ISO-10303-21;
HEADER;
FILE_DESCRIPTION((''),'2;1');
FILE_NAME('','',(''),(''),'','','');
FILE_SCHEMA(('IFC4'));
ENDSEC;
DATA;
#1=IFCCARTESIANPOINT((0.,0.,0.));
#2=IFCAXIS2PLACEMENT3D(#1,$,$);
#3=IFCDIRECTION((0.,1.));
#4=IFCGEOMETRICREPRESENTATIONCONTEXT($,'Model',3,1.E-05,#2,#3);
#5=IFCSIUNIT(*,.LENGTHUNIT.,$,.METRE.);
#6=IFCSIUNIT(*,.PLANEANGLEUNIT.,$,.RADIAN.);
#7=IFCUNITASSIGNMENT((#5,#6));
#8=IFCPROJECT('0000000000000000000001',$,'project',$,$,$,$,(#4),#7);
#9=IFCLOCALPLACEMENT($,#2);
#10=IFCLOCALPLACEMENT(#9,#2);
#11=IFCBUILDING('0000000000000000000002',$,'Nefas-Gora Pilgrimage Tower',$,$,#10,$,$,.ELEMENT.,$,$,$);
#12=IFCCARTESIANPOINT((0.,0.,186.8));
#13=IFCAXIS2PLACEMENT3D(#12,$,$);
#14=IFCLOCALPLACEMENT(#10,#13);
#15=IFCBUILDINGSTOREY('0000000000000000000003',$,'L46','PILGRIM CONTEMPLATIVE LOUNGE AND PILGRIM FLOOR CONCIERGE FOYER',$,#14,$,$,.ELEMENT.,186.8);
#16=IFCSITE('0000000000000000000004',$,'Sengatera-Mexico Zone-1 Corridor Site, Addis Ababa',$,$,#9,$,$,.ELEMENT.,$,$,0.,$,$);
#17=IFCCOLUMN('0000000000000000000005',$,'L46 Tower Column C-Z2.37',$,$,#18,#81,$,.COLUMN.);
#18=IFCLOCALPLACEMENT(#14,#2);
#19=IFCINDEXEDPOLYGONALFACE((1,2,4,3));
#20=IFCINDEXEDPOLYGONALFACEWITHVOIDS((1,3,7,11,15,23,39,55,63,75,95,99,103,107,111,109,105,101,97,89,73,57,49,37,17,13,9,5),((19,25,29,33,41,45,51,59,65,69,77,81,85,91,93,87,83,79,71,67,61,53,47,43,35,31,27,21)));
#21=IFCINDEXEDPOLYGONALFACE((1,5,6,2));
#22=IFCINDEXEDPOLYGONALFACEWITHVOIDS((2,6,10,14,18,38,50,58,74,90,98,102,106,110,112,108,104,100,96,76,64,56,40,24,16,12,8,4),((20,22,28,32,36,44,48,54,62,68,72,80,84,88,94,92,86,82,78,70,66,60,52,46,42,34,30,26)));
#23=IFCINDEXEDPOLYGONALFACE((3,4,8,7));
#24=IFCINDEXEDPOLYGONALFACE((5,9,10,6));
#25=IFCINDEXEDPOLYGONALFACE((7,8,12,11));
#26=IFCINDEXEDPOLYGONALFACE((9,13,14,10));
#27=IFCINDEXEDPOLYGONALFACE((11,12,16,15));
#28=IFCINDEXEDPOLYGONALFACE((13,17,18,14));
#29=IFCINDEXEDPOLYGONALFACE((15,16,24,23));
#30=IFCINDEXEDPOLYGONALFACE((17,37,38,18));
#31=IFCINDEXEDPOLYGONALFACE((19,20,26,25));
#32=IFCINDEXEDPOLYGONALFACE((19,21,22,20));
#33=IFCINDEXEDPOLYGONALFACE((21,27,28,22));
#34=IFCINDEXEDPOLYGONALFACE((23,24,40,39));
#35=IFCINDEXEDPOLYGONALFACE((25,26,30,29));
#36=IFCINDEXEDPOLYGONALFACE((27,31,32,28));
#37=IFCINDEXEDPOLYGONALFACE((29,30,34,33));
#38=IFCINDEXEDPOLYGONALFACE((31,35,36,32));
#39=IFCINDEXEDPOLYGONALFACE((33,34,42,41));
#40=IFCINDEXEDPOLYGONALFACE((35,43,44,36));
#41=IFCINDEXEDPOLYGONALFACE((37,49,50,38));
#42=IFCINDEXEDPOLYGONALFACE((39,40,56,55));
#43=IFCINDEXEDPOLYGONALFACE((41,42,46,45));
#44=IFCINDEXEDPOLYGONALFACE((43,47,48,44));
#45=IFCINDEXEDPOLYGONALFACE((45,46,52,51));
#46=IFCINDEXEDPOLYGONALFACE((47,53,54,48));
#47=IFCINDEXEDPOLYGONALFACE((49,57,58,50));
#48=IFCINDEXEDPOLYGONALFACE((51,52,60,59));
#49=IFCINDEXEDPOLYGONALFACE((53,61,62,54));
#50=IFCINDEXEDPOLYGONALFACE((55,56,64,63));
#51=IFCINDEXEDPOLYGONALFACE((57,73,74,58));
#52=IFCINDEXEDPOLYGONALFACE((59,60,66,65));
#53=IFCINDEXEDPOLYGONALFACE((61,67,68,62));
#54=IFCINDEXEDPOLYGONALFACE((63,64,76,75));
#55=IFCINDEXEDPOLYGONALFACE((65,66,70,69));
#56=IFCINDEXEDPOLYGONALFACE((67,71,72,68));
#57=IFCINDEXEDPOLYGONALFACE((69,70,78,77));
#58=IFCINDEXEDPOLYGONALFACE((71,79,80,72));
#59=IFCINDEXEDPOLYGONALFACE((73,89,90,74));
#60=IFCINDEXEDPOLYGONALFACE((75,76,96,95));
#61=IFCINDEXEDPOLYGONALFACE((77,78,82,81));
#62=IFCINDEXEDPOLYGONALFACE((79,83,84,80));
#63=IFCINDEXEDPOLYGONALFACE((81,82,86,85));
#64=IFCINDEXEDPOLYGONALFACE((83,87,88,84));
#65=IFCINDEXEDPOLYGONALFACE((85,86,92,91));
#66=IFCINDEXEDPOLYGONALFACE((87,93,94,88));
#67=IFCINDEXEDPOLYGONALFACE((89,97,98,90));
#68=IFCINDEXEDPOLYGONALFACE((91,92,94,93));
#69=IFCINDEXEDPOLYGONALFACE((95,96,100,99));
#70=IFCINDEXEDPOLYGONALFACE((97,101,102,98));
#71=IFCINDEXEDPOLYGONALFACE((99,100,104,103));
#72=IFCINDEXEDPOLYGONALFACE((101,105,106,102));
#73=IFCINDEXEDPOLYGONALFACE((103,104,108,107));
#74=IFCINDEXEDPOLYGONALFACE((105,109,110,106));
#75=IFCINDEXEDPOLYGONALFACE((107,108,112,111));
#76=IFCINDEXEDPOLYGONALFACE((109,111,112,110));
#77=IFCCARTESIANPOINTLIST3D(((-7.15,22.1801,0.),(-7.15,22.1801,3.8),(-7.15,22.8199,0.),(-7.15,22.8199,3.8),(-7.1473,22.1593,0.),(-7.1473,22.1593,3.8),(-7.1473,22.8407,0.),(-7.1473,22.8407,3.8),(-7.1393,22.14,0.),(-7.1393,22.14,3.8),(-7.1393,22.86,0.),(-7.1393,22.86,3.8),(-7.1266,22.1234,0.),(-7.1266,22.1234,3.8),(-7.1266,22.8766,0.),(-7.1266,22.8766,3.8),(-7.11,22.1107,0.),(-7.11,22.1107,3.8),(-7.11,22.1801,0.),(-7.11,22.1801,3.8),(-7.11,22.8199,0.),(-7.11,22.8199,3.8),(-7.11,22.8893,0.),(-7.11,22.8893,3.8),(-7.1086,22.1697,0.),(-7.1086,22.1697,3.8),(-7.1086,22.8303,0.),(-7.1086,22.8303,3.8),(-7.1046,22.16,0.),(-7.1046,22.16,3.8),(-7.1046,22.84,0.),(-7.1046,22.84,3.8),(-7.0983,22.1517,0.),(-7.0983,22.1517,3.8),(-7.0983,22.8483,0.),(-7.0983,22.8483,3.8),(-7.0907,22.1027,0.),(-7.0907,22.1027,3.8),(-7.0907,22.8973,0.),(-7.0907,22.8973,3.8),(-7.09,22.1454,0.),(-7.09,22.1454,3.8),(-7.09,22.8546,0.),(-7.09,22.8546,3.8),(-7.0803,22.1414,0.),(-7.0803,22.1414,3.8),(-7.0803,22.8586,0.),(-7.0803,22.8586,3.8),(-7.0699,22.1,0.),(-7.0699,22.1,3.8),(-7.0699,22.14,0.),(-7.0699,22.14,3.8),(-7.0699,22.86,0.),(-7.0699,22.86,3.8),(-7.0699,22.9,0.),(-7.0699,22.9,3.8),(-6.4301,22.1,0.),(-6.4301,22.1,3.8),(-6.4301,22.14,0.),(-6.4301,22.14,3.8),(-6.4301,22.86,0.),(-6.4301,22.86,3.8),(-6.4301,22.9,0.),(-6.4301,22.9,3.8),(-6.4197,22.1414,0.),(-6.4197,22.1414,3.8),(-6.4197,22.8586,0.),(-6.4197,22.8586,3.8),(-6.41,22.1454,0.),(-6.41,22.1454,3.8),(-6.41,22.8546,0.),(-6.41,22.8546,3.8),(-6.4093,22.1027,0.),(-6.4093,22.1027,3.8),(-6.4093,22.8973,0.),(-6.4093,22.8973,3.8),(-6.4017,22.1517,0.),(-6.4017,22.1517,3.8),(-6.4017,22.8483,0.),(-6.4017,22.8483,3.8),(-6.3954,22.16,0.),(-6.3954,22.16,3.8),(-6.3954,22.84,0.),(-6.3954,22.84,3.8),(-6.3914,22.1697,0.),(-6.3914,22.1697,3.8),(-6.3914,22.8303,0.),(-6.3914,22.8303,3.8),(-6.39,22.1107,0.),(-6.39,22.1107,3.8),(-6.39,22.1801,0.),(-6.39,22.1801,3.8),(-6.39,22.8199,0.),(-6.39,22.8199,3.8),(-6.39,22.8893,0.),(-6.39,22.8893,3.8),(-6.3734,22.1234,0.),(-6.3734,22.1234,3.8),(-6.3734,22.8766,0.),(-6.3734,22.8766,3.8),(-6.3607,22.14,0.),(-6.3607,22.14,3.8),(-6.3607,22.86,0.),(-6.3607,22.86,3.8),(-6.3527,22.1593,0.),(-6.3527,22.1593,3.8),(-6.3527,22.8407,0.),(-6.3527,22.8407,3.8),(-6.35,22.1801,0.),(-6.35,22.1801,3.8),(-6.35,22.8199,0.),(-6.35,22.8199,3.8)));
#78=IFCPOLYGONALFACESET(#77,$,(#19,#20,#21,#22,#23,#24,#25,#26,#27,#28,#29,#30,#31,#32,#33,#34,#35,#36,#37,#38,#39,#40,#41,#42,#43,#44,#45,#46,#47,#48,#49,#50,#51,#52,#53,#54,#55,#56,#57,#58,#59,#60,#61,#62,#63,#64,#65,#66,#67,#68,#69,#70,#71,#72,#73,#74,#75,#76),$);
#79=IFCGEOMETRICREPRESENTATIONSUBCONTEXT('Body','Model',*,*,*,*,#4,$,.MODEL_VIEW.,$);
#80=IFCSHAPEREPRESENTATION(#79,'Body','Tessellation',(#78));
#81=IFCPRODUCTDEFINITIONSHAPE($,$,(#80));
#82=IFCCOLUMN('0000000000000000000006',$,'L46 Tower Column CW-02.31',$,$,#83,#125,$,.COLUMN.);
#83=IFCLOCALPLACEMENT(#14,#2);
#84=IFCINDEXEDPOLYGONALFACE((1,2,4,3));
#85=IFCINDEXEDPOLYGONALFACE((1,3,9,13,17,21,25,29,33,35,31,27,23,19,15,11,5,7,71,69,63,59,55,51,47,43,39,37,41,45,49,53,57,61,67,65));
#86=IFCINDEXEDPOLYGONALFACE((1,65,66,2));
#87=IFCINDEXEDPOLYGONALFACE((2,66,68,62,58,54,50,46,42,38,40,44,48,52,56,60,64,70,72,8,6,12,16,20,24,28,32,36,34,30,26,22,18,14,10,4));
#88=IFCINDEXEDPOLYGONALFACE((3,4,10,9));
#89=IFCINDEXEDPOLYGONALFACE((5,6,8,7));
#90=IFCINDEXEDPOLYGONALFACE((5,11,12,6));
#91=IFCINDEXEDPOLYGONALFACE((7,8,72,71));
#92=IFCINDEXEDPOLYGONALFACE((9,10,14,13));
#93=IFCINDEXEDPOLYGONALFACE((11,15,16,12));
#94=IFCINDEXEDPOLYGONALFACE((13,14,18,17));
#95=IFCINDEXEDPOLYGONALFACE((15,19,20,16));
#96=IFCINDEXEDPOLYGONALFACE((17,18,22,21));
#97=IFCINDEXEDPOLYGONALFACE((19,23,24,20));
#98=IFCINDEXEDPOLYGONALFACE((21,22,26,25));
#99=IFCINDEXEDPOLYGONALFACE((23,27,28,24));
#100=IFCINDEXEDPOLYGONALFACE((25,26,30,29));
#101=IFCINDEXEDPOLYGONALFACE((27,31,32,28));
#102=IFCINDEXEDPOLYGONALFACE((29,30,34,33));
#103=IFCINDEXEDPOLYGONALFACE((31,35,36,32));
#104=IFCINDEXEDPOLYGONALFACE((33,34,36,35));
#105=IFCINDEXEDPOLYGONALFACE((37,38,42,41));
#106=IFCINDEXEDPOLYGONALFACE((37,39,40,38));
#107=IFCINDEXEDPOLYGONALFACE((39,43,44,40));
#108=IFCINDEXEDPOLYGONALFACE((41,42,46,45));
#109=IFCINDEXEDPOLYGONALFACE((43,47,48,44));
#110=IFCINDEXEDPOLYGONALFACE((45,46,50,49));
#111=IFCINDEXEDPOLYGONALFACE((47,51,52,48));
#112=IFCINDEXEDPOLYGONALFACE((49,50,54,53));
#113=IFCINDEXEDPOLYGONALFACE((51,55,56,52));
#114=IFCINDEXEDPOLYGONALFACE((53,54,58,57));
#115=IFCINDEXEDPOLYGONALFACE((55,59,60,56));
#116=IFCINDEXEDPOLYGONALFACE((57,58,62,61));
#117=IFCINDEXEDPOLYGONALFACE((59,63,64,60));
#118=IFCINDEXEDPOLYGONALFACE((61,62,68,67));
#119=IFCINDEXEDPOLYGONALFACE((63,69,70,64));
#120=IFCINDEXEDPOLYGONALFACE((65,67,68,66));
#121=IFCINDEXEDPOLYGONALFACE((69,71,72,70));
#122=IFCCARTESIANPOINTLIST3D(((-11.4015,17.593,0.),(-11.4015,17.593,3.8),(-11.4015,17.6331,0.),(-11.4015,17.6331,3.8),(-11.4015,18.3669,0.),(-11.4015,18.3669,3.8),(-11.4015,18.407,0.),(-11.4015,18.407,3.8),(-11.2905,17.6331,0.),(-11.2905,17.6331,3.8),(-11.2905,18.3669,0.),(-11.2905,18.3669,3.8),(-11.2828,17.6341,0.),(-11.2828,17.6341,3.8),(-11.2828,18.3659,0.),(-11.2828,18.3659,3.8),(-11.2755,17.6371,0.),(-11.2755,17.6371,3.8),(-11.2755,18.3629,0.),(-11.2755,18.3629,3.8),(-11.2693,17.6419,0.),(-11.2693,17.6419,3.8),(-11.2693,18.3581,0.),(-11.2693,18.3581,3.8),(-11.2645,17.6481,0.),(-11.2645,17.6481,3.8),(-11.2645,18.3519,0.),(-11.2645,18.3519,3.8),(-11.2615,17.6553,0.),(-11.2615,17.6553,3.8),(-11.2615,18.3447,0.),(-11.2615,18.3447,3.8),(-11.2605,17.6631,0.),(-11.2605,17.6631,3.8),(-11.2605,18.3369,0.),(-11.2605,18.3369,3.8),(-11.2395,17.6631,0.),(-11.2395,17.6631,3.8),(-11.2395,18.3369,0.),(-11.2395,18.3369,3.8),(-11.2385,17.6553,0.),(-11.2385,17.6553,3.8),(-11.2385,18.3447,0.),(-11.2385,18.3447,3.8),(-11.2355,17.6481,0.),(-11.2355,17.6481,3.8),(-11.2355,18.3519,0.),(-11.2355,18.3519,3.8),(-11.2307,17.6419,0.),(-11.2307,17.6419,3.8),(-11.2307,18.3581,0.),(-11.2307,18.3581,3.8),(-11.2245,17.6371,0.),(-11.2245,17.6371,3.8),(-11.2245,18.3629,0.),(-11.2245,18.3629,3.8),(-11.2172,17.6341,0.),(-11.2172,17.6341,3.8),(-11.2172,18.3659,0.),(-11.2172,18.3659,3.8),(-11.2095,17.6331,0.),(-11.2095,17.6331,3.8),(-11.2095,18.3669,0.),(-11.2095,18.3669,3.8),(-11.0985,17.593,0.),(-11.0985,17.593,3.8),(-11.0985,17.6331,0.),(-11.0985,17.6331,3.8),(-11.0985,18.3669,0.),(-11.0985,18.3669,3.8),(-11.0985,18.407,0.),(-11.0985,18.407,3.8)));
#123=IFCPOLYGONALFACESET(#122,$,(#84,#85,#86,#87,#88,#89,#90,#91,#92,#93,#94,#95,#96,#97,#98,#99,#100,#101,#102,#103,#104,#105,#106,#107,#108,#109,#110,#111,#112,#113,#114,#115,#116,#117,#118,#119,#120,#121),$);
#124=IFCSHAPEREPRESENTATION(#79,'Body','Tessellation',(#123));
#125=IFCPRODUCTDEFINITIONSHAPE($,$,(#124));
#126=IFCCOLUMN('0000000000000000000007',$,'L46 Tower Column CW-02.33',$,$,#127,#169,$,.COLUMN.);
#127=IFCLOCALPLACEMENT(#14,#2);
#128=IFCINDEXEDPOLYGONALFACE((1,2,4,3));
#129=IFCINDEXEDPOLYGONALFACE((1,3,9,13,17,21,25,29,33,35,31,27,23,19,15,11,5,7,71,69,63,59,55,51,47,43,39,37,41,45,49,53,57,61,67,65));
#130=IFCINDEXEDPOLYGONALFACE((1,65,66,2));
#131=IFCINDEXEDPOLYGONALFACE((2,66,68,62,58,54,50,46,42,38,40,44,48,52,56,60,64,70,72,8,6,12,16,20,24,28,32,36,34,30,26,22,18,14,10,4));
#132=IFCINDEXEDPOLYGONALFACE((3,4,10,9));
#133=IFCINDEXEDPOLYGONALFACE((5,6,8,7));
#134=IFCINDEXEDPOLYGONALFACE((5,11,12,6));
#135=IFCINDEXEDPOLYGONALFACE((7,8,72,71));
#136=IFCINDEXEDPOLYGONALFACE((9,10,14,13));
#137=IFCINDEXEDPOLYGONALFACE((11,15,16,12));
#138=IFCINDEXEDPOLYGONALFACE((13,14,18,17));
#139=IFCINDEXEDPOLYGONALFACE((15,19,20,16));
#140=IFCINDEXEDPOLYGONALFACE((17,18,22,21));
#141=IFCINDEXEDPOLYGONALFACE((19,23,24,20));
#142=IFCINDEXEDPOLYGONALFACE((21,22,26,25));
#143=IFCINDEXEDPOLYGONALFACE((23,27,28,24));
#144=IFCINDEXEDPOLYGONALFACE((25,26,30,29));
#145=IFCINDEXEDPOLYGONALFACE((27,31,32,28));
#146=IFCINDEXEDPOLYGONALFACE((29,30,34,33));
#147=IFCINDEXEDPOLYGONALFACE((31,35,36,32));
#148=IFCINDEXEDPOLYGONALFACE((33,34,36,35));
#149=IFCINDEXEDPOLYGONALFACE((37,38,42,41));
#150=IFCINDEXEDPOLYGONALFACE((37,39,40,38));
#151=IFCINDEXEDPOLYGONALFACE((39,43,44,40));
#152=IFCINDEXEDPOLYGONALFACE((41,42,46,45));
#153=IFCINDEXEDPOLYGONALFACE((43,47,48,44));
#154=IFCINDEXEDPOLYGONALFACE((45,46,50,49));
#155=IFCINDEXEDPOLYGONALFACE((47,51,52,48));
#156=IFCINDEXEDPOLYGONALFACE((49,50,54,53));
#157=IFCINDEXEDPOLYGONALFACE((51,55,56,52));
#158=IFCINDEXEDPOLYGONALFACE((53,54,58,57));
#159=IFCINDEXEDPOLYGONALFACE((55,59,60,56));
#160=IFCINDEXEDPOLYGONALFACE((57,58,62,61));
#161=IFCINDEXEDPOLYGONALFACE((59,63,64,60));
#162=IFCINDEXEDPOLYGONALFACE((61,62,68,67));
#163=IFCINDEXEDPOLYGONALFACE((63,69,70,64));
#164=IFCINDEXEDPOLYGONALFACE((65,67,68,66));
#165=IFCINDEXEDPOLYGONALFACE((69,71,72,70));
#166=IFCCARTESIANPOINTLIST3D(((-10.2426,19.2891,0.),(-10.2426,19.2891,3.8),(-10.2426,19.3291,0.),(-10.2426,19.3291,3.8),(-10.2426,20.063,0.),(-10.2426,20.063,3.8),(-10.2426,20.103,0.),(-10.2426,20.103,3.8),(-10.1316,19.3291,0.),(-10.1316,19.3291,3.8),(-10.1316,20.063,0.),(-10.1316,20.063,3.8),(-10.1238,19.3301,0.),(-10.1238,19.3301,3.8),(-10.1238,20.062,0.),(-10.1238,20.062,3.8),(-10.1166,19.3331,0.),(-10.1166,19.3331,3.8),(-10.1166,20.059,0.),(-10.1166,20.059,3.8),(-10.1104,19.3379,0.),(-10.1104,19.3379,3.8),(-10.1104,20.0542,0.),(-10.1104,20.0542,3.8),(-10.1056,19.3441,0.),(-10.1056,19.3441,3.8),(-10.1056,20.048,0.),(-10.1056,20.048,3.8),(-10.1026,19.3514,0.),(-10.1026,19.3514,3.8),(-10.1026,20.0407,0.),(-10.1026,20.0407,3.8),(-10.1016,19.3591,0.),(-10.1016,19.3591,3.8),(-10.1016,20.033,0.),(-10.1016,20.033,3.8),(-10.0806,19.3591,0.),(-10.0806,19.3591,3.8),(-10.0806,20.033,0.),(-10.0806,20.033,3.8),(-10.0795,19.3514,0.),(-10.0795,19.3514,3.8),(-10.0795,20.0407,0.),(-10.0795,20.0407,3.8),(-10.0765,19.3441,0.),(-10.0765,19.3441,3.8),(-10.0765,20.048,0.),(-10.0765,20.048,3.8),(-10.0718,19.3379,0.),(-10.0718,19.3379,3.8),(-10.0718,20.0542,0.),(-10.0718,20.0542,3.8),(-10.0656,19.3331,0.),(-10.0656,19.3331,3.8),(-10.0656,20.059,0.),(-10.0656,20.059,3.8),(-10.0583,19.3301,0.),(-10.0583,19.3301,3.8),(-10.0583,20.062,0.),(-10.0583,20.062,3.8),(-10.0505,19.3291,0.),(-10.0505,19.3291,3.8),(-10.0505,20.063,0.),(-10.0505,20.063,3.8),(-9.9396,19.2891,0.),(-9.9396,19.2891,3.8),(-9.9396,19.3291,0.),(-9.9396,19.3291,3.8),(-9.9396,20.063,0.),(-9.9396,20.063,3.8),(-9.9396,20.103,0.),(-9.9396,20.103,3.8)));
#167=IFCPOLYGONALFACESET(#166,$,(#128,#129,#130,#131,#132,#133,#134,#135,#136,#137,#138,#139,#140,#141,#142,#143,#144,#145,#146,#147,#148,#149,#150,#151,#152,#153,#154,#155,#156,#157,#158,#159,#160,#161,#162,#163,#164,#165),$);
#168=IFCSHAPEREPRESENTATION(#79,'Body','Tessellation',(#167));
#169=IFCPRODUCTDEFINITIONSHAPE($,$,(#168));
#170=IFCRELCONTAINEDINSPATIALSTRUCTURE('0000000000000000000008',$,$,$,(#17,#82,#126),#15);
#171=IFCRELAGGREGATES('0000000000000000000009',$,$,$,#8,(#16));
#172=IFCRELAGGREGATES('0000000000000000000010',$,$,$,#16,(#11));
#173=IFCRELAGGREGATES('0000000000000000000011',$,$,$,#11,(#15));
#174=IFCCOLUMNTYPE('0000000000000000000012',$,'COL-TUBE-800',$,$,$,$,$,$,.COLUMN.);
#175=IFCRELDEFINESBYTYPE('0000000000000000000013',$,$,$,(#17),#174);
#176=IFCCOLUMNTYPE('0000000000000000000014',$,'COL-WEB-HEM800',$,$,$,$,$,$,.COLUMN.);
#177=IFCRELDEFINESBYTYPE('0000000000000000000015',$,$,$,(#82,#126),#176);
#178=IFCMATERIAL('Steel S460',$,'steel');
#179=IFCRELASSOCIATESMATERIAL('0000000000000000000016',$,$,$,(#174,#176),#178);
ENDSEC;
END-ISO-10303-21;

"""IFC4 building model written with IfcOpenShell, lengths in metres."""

from ifc_helpers import new_model, si_unit, direction, frame, origin, origin_2d, place, context, subcontext, project, spatial, hollow_rectangle, i_section, extrude, source, transform, mapped, material, material_profile, profile_set, type_object, element, save


model = new_model("IFC4")

# Units and contexts
model_context = context("Model", 3, precision=1e-05, world=origin(), true_north=direction((0.0, 1.0)))
body_context = subcontext(model_context, "Body", "Model", "MODEL_VIEW")
ifc_project = project(units=[si_unit("LENGTHUNIT", "METRE"), si_unit("PLANEANGLEUNIT", "RADIAN")], contexts=[model_context])

# Site, building, storey
site_placement = place(None, origin())
site = spatial("IfcSite", under=ifc_project, at=site_placement, Name="Sengatera-Mexico Zone-1 Corridor Site, Addis Ababa", CompositionType="ELEMENT", RefElevation=0.0)
building_placement = place(site_placement, origin())
building = spatial("IfcBuilding", under=site, at=building_placement, Name="Nefas-Gora Pilgrimage Tower", CompositionType="ELEMENT")
storey_placement = place(building_placement, frame((0.0, 0.0, 186.8)))
storey = spatial("IfcBuildingStorey", under=building, at=storey_placement, Name="L46", Description="PILGRIM CONTEMPLATIVE LOUNGE AND PILGRIM FLOOR CONCIERGE FOYER", CompositionType="ELEMENT", Elevation=186.8)

# Columns
ifc_material_1 = material(Name="Steel S460", Category="steel")
ifc_material_profile_1 = material_profile(ifc_material_1, hollow_rectangle(XDim=0.8, YDim=0.8, WallThickness=0.04, InnerFilletRadius=0.04, OuterFilletRadius=0.0801, at=origin_2d()), Name="BOX 800x800x40")
ifc_profile_set_1 = profile_set([ifc_material_profile_1], Name="Steel S460")
column_type_1 = type_object("IfcColumnType", Name="COL-TUBE-800", PredefinedType="COLUMN", material=ifc_profile_set_1)
shared_shape_1 = source(origin(), body_context, "Body", "SweptSolid", [
    extrude(hollow_rectangle(XDim=0.8, YDim=0.8, WallThickness=0.04, InnerFilletRadius=0.04, OuterFilletRadius=0.0801, at=origin_2d()), origin(), (0.0, 0.0, 1.0), 3.8),
])
column_placement = place(storey_placement, frame((-6.75, 22.5, 0.0), z_axis=(0.0, 0.0, 1.0), x_axis=(1.0, 0.0, 0.0)))
element("IfcColumn", 1, at=column_placement, inside=storey, type_object=column_type_1, Name="L46 Tower Column C-Z2.37", PredefinedType="COLUMN", context=body_context, shape_type="MappedRepresentation", body=[
    mapped(shared_shape_1, transform((0.0, 0.0, 0.0), x_axis=(1.0, 0.0, 0.0), y_axis=(0.0, 1.0, 0.0), z_axis=(0.0, 0.0, 1.0), scale=1.0)),
])
ifc_material_profile_2 = material_profile(ifc_material_1, i_section(OverallWidth=0.303, OverallDepth=0.814, WebThickness=0.021, FlangeThickness=0.04, FilletRadius=0.03, at=origin_2d()), Name="HEM 800")
ifc_profile_set_2 = profile_set([ifc_material_profile_2], Name="Steel S460")
column_type_2 = type_object("IfcColumnType", Name="COL-WEB-HEM800", PredefinedType="COLUMN", material=ifc_profile_set_2)
shared_shape_2 = source(origin(), body_context, "Body", "SweptSolid", [
    extrude(i_section(OverallWidth=0.303, OverallDepth=0.814, WebThickness=0.021, FlangeThickness=0.04, FilletRadius=0.03, at=origin_2d()), origin(), (0.0, 0.0, 1.0), 3.8),
])
for number, where, z_axis, x_axis, name in (
    (2, (-11.25, 18.0, 0.0), (0.0, 0.0, 1.0), (1.0, 0.0, 0.0), "L46 Tower Column CW-02.31"),
    (3, (-10.0911, 19.696, 0.0), (0.0, 0.0, 1.0), (1.0, 0.0, 0.0), "L46 Tower Column CW-02.33"),
):
    element("IfcColumn", number, at=place(storey_placement, frame(where, z_axis=z_axis, x_axis=x_axis)), inside=storey, type_object=column_type_2, Name=name, PredefinedType="COLUMN", context=body_context, shape_type="MappedRepresentation", body=[
        mapped(shared_shape_2, transform((0.0, 0.0, 0.0), x_axis=(1.0, 0.0, 0.0), y_axis=(0.0, 1.0, 0.0), z_axis=(0.0, 0.0, 1.0), scale=1.0)),
    ])

save(model, "model.ifc")
